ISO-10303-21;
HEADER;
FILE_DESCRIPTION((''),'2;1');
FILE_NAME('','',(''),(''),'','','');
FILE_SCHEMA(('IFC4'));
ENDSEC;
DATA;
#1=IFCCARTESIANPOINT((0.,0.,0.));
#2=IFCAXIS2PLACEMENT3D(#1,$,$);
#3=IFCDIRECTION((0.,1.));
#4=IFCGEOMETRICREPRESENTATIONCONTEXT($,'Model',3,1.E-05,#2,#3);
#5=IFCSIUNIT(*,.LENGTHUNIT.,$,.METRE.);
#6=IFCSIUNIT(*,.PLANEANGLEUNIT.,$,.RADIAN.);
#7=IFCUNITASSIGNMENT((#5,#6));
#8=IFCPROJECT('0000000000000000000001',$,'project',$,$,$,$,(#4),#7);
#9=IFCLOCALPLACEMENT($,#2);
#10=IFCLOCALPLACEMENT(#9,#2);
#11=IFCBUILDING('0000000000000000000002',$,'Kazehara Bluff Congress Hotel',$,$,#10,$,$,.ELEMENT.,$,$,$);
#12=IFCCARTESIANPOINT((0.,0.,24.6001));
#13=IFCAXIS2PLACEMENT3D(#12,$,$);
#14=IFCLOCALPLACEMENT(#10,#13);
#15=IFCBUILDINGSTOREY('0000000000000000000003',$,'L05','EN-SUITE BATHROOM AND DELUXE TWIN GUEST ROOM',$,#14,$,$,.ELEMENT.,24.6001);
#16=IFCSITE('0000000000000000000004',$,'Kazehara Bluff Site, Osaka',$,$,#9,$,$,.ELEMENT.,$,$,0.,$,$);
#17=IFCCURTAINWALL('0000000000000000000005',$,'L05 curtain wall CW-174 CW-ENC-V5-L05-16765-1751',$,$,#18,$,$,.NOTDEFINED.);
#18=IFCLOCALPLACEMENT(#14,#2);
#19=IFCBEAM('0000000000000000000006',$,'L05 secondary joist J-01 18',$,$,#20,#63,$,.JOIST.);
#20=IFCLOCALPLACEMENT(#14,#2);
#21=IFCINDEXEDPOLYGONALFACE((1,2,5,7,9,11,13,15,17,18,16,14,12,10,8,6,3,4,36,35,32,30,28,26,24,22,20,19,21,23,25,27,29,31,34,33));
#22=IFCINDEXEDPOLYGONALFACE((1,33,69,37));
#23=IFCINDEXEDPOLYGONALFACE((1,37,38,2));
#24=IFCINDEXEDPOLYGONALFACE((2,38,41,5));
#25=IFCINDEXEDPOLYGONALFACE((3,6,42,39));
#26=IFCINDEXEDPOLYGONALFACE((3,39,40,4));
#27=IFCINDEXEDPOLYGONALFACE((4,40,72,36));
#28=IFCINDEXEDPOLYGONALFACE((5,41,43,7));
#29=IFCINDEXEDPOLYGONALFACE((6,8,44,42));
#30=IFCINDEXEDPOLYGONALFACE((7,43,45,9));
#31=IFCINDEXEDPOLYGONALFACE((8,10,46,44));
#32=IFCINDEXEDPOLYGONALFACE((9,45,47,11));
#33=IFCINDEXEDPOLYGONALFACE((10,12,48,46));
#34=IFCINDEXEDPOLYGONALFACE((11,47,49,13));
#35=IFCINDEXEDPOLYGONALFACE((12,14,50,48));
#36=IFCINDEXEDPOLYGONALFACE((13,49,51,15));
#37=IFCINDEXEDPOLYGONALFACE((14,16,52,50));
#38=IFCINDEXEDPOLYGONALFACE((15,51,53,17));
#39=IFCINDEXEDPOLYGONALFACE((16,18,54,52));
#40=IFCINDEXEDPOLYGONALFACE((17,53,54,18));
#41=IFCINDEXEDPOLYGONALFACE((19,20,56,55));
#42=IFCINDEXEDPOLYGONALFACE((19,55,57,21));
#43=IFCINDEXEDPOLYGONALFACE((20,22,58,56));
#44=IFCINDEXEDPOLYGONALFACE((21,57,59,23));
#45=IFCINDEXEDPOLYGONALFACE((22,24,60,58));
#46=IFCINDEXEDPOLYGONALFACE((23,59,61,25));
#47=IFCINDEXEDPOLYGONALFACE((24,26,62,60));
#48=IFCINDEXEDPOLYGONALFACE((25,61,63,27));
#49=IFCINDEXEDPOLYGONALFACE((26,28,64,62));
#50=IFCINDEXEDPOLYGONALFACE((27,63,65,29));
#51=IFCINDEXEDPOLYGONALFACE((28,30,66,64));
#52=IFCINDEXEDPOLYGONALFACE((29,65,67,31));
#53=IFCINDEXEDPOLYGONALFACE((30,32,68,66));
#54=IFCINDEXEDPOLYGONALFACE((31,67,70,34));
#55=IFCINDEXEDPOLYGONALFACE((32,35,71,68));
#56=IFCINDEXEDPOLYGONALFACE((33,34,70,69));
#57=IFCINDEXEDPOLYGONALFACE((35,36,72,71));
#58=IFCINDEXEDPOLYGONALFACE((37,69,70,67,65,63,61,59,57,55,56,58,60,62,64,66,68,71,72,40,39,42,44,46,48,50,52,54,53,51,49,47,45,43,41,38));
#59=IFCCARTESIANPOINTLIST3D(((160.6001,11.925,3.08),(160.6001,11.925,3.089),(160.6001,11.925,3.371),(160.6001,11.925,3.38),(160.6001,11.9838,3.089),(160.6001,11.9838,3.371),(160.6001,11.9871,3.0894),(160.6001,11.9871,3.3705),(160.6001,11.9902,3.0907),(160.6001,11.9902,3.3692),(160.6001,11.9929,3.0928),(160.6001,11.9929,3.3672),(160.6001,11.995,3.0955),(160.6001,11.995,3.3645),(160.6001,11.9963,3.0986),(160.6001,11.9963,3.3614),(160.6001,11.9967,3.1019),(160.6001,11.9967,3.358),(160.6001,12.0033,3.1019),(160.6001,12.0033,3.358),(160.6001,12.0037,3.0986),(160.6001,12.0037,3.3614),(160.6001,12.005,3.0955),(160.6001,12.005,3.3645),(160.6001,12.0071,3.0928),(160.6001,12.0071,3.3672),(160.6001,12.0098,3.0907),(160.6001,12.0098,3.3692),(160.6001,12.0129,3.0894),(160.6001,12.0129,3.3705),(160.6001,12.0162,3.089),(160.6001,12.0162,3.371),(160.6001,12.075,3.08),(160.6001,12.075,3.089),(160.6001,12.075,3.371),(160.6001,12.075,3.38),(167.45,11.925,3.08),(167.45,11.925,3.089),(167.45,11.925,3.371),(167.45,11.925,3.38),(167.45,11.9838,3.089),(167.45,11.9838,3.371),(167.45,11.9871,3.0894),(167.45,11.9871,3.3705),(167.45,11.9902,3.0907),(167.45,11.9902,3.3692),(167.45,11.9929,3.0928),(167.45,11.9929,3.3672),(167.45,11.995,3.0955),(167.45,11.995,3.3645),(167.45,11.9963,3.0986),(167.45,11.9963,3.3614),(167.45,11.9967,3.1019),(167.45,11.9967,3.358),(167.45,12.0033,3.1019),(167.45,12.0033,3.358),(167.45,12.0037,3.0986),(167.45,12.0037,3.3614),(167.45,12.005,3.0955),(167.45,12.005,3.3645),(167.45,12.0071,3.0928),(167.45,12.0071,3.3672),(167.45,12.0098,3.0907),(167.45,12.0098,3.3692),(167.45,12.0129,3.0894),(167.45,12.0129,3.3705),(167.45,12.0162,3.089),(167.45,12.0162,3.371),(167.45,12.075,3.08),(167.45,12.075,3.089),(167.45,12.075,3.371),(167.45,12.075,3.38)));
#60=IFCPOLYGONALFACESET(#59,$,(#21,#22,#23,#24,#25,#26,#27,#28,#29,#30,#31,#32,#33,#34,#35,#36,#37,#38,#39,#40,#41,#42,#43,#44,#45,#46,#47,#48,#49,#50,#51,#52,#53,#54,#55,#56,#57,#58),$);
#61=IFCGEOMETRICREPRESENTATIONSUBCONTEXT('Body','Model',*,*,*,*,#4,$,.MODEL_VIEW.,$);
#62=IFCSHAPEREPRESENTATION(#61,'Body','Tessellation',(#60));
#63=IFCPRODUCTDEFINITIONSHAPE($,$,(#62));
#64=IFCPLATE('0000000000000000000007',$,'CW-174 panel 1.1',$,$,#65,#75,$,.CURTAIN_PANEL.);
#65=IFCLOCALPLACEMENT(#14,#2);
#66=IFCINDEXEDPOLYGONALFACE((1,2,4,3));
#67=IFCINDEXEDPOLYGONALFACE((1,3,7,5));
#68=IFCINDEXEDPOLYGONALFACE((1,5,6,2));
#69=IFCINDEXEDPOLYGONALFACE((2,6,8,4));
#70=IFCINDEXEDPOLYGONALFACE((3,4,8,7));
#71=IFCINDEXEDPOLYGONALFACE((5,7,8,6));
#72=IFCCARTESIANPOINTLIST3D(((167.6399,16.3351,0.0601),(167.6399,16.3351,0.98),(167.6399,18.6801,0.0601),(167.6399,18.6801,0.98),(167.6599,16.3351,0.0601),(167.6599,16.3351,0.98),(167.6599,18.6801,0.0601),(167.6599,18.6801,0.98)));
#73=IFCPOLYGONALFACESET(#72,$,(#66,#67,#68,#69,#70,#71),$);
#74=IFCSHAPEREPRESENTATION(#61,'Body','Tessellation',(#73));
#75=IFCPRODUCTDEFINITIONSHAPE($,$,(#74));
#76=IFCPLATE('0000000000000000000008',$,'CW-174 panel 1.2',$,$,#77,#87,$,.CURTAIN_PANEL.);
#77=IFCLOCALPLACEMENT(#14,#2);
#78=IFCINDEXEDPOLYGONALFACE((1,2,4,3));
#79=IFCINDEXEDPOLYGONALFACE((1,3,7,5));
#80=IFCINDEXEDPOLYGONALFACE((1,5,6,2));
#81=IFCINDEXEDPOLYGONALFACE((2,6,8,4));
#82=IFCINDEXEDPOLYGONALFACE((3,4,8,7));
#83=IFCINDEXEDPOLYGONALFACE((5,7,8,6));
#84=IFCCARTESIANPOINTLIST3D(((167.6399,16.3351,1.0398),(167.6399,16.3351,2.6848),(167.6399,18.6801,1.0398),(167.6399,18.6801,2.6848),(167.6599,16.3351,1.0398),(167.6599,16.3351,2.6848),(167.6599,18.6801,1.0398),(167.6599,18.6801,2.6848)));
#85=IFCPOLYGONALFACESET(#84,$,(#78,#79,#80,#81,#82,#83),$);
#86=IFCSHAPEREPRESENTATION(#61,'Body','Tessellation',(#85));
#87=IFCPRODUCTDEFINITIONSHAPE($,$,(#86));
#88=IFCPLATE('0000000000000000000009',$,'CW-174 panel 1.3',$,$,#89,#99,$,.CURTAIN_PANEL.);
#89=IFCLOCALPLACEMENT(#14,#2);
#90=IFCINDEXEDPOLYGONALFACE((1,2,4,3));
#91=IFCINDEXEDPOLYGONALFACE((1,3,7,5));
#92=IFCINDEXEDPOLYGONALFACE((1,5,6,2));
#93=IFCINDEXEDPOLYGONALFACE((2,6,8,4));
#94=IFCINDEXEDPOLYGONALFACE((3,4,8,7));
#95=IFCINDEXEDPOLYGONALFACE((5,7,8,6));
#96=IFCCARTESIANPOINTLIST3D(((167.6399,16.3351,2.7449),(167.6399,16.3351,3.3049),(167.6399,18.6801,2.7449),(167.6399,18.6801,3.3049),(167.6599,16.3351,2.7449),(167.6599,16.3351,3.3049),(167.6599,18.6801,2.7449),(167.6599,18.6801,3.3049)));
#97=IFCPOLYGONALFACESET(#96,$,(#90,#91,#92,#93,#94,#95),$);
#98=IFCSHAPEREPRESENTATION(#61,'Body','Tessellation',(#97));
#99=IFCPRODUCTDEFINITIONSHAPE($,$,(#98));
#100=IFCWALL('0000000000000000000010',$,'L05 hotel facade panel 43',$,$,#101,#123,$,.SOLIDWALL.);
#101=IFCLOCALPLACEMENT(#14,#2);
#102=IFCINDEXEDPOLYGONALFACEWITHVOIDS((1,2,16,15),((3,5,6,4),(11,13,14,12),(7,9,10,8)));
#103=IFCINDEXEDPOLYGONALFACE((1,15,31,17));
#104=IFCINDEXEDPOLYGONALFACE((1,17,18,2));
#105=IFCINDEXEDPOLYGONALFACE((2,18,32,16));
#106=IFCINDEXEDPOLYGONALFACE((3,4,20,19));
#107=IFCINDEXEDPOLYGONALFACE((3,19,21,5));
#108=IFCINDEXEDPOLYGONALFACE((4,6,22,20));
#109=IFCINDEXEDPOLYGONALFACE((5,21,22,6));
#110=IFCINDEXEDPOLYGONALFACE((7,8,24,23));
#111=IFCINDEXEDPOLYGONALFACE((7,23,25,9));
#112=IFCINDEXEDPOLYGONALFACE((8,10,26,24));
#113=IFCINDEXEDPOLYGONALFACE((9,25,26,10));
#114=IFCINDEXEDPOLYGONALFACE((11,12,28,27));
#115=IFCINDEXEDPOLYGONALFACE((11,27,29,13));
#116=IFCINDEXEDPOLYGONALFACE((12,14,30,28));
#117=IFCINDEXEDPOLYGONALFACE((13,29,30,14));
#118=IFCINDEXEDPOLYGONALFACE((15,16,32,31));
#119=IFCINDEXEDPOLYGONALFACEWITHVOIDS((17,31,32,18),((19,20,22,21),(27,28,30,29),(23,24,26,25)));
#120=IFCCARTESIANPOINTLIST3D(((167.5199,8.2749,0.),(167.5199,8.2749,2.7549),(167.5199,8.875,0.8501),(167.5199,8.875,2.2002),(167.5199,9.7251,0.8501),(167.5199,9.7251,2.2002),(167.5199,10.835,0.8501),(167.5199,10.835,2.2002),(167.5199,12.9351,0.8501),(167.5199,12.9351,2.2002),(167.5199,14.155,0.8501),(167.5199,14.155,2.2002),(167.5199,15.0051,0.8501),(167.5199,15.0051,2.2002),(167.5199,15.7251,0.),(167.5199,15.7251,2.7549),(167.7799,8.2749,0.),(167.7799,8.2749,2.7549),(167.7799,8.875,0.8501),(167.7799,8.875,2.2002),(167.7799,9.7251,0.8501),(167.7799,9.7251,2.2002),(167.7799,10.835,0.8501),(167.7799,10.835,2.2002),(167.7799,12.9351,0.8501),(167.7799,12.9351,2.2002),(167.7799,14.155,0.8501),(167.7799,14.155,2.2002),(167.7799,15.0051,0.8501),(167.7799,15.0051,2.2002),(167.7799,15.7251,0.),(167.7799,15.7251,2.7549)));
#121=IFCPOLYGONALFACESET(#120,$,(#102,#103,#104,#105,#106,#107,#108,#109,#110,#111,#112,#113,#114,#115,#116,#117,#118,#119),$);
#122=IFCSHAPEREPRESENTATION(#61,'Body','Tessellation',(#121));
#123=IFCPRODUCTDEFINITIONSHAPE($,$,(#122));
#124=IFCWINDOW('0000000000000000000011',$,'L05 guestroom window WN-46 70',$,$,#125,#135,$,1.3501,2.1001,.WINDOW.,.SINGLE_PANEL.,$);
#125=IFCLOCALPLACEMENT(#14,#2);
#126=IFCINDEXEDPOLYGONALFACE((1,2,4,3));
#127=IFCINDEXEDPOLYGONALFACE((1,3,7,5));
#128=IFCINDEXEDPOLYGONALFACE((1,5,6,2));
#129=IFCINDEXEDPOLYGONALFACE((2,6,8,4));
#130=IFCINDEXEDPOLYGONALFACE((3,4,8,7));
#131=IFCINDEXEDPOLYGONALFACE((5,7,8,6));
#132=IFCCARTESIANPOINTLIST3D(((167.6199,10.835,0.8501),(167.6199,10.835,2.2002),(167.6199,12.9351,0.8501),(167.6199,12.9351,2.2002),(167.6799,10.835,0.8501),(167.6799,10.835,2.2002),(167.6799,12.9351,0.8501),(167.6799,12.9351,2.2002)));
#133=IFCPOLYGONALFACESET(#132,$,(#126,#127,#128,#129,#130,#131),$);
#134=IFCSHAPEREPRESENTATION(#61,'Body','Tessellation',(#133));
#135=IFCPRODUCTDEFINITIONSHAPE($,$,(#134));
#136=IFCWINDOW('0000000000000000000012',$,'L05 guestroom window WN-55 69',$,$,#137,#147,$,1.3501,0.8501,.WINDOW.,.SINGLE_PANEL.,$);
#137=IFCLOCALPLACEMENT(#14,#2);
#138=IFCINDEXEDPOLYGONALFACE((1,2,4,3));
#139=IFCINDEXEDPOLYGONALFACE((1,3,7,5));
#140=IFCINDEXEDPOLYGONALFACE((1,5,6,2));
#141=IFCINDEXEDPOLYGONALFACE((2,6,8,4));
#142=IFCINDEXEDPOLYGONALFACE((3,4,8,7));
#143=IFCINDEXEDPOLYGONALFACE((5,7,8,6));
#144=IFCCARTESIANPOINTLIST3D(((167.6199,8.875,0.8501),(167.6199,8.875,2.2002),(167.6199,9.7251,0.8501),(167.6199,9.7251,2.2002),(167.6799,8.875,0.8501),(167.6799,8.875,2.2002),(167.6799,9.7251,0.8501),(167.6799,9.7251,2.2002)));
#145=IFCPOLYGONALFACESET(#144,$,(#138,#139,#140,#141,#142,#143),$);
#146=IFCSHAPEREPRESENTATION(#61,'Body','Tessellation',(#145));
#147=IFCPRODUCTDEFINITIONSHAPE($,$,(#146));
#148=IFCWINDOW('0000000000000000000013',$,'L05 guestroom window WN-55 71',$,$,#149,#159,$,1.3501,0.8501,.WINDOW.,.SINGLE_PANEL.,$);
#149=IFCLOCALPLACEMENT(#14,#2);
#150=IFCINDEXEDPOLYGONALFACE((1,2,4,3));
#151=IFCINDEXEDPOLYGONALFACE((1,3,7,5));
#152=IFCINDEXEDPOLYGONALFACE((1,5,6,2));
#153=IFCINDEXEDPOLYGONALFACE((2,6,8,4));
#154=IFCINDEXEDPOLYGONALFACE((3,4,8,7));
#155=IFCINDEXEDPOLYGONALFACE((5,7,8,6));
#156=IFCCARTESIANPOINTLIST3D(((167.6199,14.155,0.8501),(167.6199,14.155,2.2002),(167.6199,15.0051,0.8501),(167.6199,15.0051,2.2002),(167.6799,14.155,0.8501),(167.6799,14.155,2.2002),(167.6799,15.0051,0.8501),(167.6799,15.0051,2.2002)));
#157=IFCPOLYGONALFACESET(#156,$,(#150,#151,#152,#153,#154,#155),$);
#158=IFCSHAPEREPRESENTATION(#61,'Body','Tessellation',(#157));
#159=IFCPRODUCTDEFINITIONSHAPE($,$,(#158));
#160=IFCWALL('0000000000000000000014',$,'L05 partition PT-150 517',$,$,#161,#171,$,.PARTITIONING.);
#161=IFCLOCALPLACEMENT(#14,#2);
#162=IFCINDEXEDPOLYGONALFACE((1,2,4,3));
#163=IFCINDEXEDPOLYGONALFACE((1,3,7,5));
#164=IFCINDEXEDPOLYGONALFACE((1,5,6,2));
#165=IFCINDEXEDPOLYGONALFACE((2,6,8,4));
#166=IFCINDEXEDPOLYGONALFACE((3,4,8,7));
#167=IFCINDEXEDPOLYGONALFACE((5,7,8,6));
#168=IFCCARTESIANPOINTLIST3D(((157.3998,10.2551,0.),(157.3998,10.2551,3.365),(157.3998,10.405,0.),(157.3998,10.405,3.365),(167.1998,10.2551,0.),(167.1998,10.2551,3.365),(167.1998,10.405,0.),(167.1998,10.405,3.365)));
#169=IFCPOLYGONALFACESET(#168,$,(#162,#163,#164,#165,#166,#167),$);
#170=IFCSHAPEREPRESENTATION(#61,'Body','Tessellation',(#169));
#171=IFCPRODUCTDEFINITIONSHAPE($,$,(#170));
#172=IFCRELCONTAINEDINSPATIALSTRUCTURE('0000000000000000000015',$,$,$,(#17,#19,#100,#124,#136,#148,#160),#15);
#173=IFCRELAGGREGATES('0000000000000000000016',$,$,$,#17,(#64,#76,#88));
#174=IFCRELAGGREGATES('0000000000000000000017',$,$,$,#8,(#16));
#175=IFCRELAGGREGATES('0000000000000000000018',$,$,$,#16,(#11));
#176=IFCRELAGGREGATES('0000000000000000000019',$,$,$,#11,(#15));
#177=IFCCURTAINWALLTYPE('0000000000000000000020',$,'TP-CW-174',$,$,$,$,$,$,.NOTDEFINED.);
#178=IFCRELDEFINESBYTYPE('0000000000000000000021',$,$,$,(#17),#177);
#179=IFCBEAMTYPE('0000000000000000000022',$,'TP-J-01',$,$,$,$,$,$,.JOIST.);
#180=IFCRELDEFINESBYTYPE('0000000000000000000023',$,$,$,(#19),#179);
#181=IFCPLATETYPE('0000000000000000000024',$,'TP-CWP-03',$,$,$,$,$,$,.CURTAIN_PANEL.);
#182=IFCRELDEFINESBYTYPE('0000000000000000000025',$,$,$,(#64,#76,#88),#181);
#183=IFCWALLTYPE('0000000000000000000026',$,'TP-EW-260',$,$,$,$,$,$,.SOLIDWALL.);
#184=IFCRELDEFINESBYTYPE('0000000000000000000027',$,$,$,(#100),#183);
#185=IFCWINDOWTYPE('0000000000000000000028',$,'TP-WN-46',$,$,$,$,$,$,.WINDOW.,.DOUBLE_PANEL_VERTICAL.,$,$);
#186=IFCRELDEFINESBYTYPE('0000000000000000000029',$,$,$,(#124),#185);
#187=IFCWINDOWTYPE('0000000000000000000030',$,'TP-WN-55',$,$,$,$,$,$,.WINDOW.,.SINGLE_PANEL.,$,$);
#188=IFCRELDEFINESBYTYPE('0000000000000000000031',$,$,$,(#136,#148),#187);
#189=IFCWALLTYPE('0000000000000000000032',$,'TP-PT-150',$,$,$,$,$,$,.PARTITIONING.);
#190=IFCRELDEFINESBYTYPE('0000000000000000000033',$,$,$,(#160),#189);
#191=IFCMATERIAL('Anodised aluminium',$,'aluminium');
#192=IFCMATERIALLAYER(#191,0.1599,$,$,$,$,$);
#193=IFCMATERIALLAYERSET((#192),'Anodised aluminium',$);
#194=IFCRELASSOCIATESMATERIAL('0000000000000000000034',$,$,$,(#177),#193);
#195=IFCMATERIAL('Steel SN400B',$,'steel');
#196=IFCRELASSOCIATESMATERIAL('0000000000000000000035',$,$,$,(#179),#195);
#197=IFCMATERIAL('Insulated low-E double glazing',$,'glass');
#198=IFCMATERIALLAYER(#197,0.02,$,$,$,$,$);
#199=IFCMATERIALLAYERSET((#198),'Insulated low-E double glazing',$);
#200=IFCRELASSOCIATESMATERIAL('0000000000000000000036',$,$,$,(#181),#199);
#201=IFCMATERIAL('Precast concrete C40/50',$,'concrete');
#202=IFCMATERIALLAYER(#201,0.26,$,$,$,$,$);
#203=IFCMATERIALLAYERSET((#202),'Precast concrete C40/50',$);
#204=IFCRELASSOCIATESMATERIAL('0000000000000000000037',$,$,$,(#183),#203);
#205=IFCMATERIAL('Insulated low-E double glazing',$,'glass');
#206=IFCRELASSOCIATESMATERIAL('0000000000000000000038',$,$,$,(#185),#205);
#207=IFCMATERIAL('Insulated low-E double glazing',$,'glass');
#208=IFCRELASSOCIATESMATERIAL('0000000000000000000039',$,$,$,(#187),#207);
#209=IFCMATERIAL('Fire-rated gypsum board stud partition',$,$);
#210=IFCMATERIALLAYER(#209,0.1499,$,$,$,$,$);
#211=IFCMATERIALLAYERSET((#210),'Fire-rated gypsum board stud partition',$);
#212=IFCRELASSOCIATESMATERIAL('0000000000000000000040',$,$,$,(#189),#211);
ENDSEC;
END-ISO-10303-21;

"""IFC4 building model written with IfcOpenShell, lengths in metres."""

from ifc_helpers import new_model, si_unit, direction, frame, frame_2d, origin, origin_2d, place, context, subcontext, project, spatial, rectangle, i_section, extrude, material, layer, layer_set, material_profile, profile_set, type_object, element, fill, aggregate, save


model = new_model("IFC4")

# Units and contexts
model_context = context("Model", 3, precision=1e-05, world=origin(), true_north=direction((0.0, 1.0)))
body_context = subcontext(model_context, "Body", "Model", "MODEL_VIEW")
ifc_project = project(units=[si_unit("LENGTHUNIT", "METRE"), si_unit("PLANEANGLEUNIT", "RADIAN")], contexts=[model_context])

# Site, building, storey
site_placement = place(None, origin())
site = spatial("IfcSite", under=ifc_project, at=site_placement, Name="Kazehara Bluff Site, Osaka", CompositionType="ELEMENT", RefElevation=0.0)
building_placement = place(site_placement, origin())
building = spatial("IfcBuilding", under=site, at=building_placement, Name="Kazehara Bluff Congress Hotel", CompositionType="ELEMENT")
storey_placement = place(building_placement, frame((0.0, 0.0, 24.6001)))
storey = spatial("IfcBuildingStorey", under=building, at=storey_placement, Name="L05", Description="EN-SUITE BATHROOM AND DELUXE TWIN GUEST ROOM", CompositionType="ELEMENT", Elevation=24.6001)

# Curtain wall
ifc_material_1 = material(Name="Anodised aluminium", Category="aluminium")
ifc_layer_1 = layer(ifc_material_1, 0.1599)
ifc_layer_set_1 = layer_set([ifc_layer_1], Name="Anodised aluminium")
curtain_wall_type = type_object("IfcCurtainWallType", Name="TP-CW-174", PredefinedType="NOTDEFINED", material=ifc_layer_set_1)
curtain_wall_placement = place(storey_placement, origin())
curtain_wall = element("IfcCurtainWall", 1, at=curtain_wall_placement, inside=storey, type_object=curtain_wall_type, Name="L05 curtain wall CW-174 CW-ENC-V5-L05-16765-1751", PredefinedType="NOTDEFINED")

# Beam
ifc_material_2 = material(Name="Steel SN400B", Category="steel")
ifc_material_profile_1 = material_profile(ifc_material_2, i_section(OverallWidth=0.1499, OverallDepth=0.3, WebThickness=0.0066, FlangeThickness=0.009, FilletRadius=0.0129, at=origin_2d()))
ifc_profile_set_1 = profile_set([ifc_material_profile_1], Name="Steel SN400B")
beam_type_1 = type_object("IfcBeamType", Name="TP-J-01", PredefinedType="JOIST", material=ifc_profile_set_1)
beam_1_placement = place(storey_placement, frame((160.6001, 12.0, 3.23), z_axis=(1.0, 0.0, 0.0), x_axis=(0.0, 1.0, 0.0)))
element("IfcBeam", 2, at=beam_1_placement, inside=storey, type_object=beam_type_1, Name="L05 secondary joist J-01 18", PredefinedType="JOIST", context=body_context, shape_type="SweptSolid", body=[
    extrude(i_section(OverallWidth=0.1499, OverallDepth=0.3, WebThickness=0.0066, FlangeThickness=0.009, FilletRadius=0.0129, at=origin_2d()), origin(), (0.0, 0.0, 1.0), 6.8499),
])

# Plates
ifc_material_3 = material(Name="Insulated low-E double glazing", Category="glass")
ifc_layer_2 = layer(ifc_material_3, 0.02)
ifc_layer_set_2 = layer_set([ifc_layer_2], Name="Insulated low-E double glazing")
plate_type = type_object("IfcPlateType", Name="TP-CWP-03", PredefinedType="CURTAIN_PANEL", material=ifc_layer_set_2)
plate_1_placement = place(storey_placement, frame((167.6499, 17.5076, 0.0601), z_axis=(0.0, 0.0, 1.0), x_axis=(0.0, -1.0, 0.0)))
plate_1 = element("IfcPlate", 3, at=plate_1_placement, type_object=plate_type, Name="CW-174 panel 1.1", PredefinedType="CURTAIN_PANEL", context=body_context, shape_type="SweptSolid", body=[
    extrude(rectangle(XDim=2.345, YDim=0.02, at=origin_2d()), origin(), (0.0, 0.0, 1.0), 0.9199),
])
plate_2_placement = place(storey_placement, frame((167.6499, 17.5076, 1.0398), z_axis=(0.0, 0.0, 1.0), x_axis=(0.0, -1.0, 0.0)))
plate_2 = element("IfcPlate", 4, at=plate_2_placement, type_object=plate_type, Name="CW-174 panel 1.2", PredefinedType="CURTAIN_PANEL", context=body_context, shape_type="SweptSolid", body=[
    extrude(rectangle(XDim=2.345, YDim=0.02, at=origin_2d()), origin(), (0.0, 0.0, 1.0), 1.645),
])
plate_3_placement = place(storey_placement, frame((167.6499, 17.5076, 2.7449), z_axis=(0.0, 0.0, 1.0), x_axis=(0.0, -1.0, 0.0)))
plate_3 = element("IfcPlate", 5, at=plate_3_placement, type_object=plate_type, Name="CW-174 panel 1.3", PredefinedType="CURTAIN_PANEL", context=body_context, shape_type="SweptSolid", body=[
    extrude(rectangle(XDim=2.345, YDim=0.02, at=origin_2d()), origin(), (0.0, 0.0, 1.0), 0.5601),
])
aggregate(curtain_wall, [plate_1, plate_2, plate_3])

# Wall, openings, windows
ifc_material_4 = material(Name="Precast concrete C40/50", Category="concrete")
ifc_layer_3 = layer(ifc_material_4, 0.26)
ifc_layer_set_3 = layer_set([ifc_layer_3], Name="Precast concrete C40/50")
wall_type_1 = type_object("IfcWallType", Name="TP-EW-260", PredefinedType="SOLIDWALL", material=ifc_layer_set_3)
wall_1_placement = place(storey_placement, frame((167.6499, 15.7251, 0.0), z_axis=(0.0, 0.0, 1.0), x_axis=(0.0, -1.0, 0.0)))
wall_1 = element("IfcWall", 6, at=wall_1_placement, inside=storey, type_object=wall_type_1, Name="L05 hotel facade panel 43", PredefinedType="SOLIDWALL", context=body_context, shape_type="SweptSolid", body=[
    extrude(rectangle(XDim=7.4502, YDim=0.26, at=frame_2d((3.7251, 0.0))), origin(), (0.0, 0.0, 1.0), 2.7549),
])
opening_1_placement = place(wall_1_placement, frame((6.0, 0.0, 0.8501)))
opening_1 = element("IfcOpeningElement", 7, at=opening_1_placement, cuts=wall_1, PredefinedType="OPENING", context=body_context, shape_type="SweptSolid", body=[
    extrude(rectangle(XDim=0.8501, YDim=1.3501, at=frame_2d((0.425, 0.675))), frame((0.0, 0.1399, 0.0), z_axis=(0.0, -1.0, 0.0), x_axis=(1.0, 0.0, 0.0)), (0.0, 0.0, 1.0), 0.28),
])
opening_2_placement = place(wall_1_placement, frame((2.79, 0.0, 0.8501)))
opening_2 = element("IfcOpeningElement", 8, at=opening_2_placement, cuts=wall_1, PredefinedType="OPENING", context=body_context, shape_type="SweptSolid", body=[
    extrude(rectangle(XDim=2.1001, YDim=1.3501, at=frame_2d((1.05, 0.675))), frame((0.0, 0.1399, 0.0), z_axis=(0.0, -1.0, 0.0), x_axis=(1.0, 0.0, 0.0)), (0.0, 0.0, 1.0), 0.28),
])
opening_3_placement = place(wall_1_placement, frame((0.72, 0.0, 0.8501)))
opening_3 = element("IfcOpeningElement", 9, at=opening_3_placement, cuts=wall_1, PredefinedType="OPENING", context=body_context, shape_type="SweptSolid", body=[
    extrude(rectangle(XDim=0.8501, YDim=1.3501, at=frame_2d((0.425, 0.675))), frame((0.0, 0.1399, 0.0), z_axis=(0.0, -1.0, 0.0), x_axis=(1.0, 0.0, 0.0)), (0.0, 0.0, 1.0), 0.28),
])
ifc_material_5 = material(Name="Insulated low-E double glazing", Category="glass")
window_type_1 = type_object("IfcWindowType", Name="TP-WN-46", PartitioningType="DOUBLE_PANEL_VERTICAL", PredefinedType="WINDOW", material=ifc_material_5)
window_1_placement = place(opening_2_placement, origin())
window_1 = element("IfcWindow", 10, at=window_1_placement, inside=storey, type_object=window_type_1, Name="L05 guestroom window WN-46 70", OverallHeight=1.3501, OverallWidth=2.1001, PartitioningType="SINGLE_PANEL", PredefinedType="WINDOW", context=body_context, shape_type="SweptSolid", body=[
    extrude(rectangle(XDim=2.1001, YDim=1.3501, at=frame_2d((1.05, 0.675))), frame((0.0, 0.03, 0.0), z_axis=(0.0, -1.0, 0.0), x_axis=(1.0, 0.0, 0.0)), (0.0, 0.0, 1.0), 0.0601),
])
fill(opening_2, window_1)
ifc_material_6 = material(Name="Insulated low-E double glazing", Category="glass")
window_type_2 = type_object("IfcWindowType", Name="TP-WN-55", PartitioningType="SINGLE_PANEL", PredefinedType="WINDOW", material=ifc_material_6)
window_2_placement = place(opening_1_placement, origin())
window_2 = element("IfcWindow", 11, at=window_2_placement, inside=storey, type_object=window_type_2, Name="L05 guestroom window WN-55 69", OverallHeight=1.3501, OverallWidth=0.8501, PartitioningType="SINGLE_PANEL", PredefinedType="WINDOW", context=body_context, shape_type="SweptSolid", body=[
    extrude(rectangle(XDim=0.8501, YDim=1.3501, at=frame_2d((0.425, 0.675))), frame((0.0, 0.03, 0.0), z_axis=(0.0, -1.0, 0.0), x_axis=(1.0, 0.0, 0.0)), (0.0, 0.0, 1.0), 0.0601),
])
fill(opening_1, window_2)
window_3_placement = place(opening_3_placement, origin())
window_3 = element("IfcWindow", 12, at=window_3_placement, inside=storey, type_object=window_type_2, Name="L05 guestroom window WN-55 71", OverallHeight=1.3501, OverallWidth=0.8501, PartitioningType="SINGLE_PANEL", PredefinedType="WINDOW", context=body_context, shape_type="SweptSolid", body=[
    extrude(rectangle(XDim=0.8501, YDim=1.3501, at=frame_2d((0.425, 0.675))), frame((0.0, 0.03, 0.0), z_axis=(0.0, -1.0, 0.0), x_axis=(1.0, 0.0, 0.0)), (0.0, 0.0, 1.0), 0.0601),
])
fill(opening_3, window_3)

# Wall
ifc_material_7 = material(Name="Fire-rated gypsum board stud partition")
ifc_layer_4 = layer(ifc_material_7, 0.1499)
ifc_layer_set_4 = layer_set([ifc_layer_4], Name="Fire-rated gypsum board stud partition")
wall_type_2 = type_object("IfcWallType", Name="TP-PT-150", PredefinedType="PARTITIONING", material=ifc_layer_set_4)
wall_2_placement = place(storey_placement, frame((157.3999, 10.3301, 0.0), z_axis=(0.0, 0.0, 1.0), x_axis=(1.0, 0.0, 0.0)))
element("IfcWall", 13, at=wall_2_placement, inside=storey, type_object=wall_type_2, Name="L05 partition PT-150 517", PredefinedType="PARTITIONING", context=body_context, shape_type="SweptSolid", body=[
    extrude(rectangle(XDim=9.8, YDim=0.1499, at=frame_2d((4.8999, 0.0))), origin(), (0.0, 0.0, 1.0), 3.365),
])

save(model, "model.ifc")
